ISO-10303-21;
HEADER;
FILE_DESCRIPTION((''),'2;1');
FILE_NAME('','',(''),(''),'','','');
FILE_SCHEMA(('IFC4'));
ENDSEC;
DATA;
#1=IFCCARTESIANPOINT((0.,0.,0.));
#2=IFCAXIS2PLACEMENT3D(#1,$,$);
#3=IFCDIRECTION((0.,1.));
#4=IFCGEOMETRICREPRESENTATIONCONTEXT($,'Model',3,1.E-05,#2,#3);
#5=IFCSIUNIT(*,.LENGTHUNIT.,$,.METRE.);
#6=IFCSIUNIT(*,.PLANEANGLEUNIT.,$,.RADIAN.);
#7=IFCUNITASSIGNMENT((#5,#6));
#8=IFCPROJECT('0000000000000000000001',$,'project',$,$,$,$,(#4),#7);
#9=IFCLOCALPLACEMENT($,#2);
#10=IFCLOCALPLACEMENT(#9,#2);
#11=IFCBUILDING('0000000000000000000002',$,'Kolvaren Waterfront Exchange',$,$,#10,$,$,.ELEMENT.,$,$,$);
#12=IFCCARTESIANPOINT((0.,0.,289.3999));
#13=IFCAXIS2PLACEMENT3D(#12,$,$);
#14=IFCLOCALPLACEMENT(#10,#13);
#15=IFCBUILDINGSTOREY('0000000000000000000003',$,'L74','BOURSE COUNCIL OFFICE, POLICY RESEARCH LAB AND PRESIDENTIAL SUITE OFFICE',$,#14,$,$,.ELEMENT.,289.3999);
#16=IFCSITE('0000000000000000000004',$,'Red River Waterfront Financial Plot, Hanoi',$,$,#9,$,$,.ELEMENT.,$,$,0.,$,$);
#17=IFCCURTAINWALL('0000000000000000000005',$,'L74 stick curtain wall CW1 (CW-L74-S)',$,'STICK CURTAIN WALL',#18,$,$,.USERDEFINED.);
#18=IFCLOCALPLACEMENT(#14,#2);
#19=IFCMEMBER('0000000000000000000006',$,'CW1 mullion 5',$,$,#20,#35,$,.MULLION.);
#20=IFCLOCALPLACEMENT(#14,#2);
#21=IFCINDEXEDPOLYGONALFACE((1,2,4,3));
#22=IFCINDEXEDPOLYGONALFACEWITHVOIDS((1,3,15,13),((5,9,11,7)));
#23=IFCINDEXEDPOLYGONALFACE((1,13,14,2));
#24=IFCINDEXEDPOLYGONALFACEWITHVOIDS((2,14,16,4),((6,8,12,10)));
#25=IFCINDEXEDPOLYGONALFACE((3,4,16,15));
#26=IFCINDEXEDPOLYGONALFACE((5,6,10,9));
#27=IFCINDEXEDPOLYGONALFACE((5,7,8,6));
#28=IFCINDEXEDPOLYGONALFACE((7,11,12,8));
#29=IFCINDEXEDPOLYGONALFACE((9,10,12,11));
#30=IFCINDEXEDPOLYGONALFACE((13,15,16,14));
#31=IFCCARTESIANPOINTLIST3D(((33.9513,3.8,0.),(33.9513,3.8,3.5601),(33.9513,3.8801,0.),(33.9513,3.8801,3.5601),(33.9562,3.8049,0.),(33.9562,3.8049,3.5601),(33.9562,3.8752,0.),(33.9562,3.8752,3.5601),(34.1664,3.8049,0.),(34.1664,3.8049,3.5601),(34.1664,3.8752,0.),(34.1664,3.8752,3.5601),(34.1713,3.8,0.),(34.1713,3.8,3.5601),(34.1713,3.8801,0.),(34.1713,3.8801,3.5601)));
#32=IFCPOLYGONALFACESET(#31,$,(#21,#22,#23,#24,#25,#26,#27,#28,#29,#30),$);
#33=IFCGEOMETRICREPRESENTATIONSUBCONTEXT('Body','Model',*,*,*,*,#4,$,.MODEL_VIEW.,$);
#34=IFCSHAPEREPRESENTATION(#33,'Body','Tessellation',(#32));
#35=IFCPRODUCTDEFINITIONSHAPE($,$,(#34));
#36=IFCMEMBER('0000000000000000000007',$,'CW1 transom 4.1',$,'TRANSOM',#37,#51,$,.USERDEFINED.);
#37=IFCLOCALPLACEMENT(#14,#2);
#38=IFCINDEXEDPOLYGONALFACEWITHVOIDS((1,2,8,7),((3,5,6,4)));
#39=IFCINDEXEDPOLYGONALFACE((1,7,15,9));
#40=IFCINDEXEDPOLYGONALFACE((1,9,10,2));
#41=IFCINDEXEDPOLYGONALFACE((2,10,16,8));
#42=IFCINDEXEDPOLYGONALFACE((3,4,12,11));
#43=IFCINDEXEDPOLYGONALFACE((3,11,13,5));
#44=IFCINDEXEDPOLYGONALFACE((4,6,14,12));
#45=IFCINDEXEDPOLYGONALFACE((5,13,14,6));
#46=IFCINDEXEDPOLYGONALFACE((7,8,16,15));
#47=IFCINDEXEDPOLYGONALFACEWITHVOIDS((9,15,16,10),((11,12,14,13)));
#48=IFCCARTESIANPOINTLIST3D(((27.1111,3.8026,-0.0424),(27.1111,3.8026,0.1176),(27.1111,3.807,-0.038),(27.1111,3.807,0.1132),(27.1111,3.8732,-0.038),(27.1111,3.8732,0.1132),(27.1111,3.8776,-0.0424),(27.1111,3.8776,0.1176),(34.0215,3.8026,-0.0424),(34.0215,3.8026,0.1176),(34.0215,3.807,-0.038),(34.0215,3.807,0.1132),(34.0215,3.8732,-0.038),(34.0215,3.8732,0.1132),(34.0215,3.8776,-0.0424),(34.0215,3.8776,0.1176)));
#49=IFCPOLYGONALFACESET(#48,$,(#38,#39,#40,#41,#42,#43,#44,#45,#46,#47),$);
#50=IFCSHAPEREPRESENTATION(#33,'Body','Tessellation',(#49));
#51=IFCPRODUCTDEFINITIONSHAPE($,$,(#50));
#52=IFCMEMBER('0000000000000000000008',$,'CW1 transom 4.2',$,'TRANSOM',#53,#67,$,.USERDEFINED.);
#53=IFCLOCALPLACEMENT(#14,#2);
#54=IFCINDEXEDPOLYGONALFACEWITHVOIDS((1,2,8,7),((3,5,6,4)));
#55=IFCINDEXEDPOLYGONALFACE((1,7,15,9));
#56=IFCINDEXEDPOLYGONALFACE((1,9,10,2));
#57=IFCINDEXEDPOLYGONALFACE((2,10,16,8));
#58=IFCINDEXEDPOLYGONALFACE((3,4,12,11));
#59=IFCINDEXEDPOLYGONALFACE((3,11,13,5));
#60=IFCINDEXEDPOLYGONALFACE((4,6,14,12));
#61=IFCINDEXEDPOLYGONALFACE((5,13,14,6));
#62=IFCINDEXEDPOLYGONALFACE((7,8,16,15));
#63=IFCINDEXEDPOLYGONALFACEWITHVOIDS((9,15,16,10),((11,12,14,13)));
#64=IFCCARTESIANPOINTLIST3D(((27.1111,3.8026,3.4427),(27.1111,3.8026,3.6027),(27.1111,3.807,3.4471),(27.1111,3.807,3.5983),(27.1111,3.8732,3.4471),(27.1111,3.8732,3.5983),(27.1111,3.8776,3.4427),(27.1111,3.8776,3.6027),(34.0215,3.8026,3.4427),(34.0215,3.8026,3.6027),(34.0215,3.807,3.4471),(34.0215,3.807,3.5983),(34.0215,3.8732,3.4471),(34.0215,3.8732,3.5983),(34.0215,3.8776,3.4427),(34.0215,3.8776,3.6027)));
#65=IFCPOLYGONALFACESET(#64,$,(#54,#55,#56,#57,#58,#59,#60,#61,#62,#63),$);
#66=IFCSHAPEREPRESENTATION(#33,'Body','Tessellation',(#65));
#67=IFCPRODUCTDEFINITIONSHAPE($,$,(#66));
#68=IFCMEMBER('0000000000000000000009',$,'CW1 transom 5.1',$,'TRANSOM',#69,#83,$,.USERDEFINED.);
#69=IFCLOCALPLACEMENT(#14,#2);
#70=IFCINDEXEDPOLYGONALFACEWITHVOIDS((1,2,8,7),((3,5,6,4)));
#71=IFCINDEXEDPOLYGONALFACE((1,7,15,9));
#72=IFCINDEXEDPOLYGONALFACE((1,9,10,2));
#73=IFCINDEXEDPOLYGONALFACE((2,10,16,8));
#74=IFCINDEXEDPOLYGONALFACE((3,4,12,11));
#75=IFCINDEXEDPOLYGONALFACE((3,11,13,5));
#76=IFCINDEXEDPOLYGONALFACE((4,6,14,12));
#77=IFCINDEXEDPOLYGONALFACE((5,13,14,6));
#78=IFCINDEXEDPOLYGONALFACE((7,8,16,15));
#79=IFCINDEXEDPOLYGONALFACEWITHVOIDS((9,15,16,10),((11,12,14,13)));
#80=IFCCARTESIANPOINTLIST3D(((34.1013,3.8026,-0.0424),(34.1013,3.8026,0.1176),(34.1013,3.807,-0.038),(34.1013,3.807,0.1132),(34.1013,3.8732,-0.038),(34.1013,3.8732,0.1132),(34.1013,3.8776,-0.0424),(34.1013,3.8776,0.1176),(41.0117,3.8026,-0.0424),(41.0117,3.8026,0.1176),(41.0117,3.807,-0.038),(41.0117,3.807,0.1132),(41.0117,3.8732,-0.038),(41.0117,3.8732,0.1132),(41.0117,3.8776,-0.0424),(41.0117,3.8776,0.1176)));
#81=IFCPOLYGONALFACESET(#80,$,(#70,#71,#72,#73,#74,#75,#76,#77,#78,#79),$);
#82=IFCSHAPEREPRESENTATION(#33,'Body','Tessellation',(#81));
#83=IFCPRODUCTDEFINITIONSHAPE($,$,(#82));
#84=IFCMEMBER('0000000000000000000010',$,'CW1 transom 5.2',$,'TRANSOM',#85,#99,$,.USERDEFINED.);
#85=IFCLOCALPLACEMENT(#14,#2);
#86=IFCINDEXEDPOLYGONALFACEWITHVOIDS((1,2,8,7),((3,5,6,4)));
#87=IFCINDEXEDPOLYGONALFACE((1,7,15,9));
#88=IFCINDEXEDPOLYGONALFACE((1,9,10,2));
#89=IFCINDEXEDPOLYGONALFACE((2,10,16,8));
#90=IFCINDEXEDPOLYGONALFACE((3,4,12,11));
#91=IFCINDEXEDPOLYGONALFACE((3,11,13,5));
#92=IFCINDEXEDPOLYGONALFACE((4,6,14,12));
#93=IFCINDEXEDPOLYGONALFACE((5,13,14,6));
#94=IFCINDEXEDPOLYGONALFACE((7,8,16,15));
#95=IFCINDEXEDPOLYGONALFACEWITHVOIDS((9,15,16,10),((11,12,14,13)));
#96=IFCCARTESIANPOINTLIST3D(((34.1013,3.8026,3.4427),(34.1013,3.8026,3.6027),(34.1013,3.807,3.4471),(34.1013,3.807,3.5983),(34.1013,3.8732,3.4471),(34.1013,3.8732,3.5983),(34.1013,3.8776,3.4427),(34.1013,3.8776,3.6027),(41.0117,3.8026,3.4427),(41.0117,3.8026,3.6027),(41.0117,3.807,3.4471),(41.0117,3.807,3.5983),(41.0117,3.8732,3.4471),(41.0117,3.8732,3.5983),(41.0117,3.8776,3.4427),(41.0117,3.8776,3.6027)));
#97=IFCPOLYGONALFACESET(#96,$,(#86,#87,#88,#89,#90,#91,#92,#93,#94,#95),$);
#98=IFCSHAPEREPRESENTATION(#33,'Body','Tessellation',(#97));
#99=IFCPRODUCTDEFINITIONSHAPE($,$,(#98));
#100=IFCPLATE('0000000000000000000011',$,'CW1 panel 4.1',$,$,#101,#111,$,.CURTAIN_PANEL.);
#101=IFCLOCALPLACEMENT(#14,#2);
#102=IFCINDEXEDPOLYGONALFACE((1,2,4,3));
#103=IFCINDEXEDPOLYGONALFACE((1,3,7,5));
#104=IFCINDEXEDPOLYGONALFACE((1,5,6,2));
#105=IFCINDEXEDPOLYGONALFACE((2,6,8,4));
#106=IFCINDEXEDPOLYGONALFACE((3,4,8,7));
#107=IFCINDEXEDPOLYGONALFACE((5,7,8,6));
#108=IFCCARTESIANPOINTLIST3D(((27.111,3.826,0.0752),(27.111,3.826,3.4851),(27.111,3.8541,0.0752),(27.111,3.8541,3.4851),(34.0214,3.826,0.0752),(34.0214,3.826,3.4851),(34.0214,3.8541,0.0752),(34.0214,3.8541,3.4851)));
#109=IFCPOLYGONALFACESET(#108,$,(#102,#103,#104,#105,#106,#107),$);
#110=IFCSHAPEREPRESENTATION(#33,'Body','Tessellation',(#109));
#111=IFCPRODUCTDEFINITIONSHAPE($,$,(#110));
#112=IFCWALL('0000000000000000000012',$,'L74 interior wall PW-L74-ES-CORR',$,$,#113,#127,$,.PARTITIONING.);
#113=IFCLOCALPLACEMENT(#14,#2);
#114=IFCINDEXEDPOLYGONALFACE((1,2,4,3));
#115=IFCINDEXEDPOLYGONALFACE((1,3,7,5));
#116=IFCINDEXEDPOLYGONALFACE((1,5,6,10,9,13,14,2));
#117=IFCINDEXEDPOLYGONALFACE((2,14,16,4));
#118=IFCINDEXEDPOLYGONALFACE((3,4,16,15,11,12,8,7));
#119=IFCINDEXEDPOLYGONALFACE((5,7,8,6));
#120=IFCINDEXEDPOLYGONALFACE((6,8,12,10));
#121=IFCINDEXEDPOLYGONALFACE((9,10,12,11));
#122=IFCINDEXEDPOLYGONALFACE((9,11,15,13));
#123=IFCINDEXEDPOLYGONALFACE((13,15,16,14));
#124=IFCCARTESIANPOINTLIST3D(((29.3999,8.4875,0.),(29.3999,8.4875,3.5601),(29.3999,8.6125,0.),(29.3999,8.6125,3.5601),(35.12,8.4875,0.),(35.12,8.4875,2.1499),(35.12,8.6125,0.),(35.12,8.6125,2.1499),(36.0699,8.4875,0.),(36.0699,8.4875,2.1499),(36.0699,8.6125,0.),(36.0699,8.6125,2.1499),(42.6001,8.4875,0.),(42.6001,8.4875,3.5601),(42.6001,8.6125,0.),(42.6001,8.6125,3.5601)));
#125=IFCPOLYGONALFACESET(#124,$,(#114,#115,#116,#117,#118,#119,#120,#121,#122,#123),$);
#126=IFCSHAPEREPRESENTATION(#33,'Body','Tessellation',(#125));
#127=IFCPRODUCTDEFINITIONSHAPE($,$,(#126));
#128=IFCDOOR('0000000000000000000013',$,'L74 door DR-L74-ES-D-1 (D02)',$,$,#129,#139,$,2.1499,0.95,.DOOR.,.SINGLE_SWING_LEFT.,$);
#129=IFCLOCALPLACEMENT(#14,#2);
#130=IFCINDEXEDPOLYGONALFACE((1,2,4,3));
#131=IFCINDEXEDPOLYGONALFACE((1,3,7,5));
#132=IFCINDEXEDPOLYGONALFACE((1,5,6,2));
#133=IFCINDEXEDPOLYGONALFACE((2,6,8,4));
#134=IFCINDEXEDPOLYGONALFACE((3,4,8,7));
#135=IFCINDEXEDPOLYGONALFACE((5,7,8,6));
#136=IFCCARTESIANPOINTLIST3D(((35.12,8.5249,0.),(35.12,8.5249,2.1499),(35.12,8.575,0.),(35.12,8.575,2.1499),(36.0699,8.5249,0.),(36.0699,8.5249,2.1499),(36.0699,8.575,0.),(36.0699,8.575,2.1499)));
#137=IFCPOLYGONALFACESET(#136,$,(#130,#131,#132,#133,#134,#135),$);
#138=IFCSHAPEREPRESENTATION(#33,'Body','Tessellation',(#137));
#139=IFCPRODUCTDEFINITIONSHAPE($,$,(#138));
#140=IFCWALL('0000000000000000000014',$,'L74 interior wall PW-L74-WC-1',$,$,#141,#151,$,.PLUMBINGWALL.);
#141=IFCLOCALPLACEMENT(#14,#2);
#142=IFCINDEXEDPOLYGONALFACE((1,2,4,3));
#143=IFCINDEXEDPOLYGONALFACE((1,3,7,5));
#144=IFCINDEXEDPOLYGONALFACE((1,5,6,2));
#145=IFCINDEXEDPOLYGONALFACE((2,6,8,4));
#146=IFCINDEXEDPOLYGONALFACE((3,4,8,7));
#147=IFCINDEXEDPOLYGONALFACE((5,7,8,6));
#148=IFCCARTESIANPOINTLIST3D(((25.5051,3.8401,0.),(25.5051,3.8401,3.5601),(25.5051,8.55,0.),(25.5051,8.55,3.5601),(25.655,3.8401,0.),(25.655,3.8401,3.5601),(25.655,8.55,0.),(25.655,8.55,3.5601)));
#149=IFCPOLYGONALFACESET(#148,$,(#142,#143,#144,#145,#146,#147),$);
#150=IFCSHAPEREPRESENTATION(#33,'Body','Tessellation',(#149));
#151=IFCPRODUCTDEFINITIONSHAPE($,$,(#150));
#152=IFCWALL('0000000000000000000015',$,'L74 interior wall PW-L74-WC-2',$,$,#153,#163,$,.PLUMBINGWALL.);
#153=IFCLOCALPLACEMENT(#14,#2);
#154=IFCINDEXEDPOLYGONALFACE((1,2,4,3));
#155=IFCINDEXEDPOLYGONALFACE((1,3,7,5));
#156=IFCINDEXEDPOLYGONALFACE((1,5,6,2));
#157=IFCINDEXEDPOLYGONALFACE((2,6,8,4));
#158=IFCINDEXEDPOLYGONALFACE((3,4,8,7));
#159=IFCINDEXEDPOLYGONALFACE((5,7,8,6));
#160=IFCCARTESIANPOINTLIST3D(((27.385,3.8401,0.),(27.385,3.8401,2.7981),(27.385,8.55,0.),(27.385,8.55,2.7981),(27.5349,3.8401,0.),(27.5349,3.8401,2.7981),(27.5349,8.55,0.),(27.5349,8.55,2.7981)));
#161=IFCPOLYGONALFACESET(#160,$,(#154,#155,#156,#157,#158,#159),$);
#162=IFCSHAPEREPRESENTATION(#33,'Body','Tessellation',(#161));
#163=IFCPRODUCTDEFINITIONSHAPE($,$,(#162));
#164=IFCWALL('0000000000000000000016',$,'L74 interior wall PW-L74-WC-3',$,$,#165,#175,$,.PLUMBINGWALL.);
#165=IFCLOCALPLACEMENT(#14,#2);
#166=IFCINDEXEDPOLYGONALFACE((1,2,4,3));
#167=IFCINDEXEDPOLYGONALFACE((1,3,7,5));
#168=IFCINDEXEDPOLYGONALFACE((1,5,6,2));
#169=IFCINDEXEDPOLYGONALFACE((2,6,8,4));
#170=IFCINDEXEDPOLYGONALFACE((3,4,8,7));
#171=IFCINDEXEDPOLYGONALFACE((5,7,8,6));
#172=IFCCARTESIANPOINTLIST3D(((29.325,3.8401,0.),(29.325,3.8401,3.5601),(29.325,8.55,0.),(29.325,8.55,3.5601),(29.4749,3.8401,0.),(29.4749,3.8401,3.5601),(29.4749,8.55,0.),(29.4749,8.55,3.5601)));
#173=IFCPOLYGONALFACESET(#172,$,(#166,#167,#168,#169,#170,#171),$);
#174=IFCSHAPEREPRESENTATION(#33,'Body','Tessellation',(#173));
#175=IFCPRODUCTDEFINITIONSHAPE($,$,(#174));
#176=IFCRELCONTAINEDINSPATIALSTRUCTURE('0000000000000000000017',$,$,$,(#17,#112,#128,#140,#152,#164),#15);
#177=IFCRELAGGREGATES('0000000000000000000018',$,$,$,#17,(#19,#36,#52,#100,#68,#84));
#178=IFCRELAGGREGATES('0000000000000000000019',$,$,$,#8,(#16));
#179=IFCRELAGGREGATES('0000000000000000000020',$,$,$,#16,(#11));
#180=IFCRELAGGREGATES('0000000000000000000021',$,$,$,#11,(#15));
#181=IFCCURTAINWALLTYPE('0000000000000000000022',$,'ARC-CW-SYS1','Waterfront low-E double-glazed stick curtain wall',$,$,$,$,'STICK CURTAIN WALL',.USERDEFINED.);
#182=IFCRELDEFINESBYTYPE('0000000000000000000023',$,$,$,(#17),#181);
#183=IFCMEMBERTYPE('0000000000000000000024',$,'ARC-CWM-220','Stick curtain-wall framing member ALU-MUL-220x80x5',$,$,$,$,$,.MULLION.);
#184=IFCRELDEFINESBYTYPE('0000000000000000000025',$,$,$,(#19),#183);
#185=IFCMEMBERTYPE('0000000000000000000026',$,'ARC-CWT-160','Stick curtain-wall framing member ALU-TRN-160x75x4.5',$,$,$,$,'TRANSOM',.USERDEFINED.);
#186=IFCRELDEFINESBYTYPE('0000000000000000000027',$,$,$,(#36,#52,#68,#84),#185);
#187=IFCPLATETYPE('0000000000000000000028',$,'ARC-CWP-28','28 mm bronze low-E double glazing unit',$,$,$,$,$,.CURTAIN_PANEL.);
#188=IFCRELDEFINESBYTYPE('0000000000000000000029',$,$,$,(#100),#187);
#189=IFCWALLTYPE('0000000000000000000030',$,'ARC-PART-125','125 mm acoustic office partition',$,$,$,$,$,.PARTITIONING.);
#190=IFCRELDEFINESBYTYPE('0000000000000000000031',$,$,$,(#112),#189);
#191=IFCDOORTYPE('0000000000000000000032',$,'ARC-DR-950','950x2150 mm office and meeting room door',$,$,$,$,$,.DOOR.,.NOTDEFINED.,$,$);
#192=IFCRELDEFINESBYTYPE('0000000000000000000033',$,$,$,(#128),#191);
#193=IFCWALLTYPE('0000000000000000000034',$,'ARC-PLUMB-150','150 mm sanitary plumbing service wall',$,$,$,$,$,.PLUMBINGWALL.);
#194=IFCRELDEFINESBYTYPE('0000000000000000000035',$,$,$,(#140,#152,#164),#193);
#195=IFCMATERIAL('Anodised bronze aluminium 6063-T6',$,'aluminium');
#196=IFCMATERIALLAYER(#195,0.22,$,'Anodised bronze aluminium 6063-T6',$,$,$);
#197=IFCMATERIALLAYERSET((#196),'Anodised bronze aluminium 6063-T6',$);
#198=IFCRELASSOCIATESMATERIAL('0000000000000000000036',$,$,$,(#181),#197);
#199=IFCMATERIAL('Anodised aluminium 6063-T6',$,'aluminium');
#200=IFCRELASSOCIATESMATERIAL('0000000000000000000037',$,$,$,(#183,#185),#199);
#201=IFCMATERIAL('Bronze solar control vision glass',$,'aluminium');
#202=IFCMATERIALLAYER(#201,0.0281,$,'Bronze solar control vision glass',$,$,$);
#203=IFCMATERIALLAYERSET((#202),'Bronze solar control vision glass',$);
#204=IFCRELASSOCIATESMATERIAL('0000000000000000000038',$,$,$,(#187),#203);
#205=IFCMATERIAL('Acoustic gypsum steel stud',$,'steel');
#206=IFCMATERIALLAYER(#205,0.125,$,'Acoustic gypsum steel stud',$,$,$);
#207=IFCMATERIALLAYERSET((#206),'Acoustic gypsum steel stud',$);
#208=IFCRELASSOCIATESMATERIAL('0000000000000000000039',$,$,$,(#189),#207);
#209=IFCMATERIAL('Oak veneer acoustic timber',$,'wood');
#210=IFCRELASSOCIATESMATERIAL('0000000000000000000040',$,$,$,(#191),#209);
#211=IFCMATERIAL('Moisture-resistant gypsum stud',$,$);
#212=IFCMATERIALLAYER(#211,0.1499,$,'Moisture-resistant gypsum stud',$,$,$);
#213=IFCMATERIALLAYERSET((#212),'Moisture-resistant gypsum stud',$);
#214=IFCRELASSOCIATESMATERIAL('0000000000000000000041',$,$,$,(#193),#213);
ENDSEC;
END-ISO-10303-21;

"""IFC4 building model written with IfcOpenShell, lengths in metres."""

from ifc_helpers import new_model, si_unit, direction, frame, frame_2d, origin, origin_with_axes, origin_2d, place, context, subcontext, project, spatial, rectangle, hollow_rectangle, extrude, source, transform, mapped, material, layer, layer_set, material_profile, profile_set, type_object, element, fill, aggregate, save


model = new_model("IFC4")

# Units and contexts
model_context = context("Model", 3, precision=1e-05, world=origin(), true_north=direction((0.0, 1.0)))
body_context = subcontext(model_context, "Body", "Model", "MODEL_VIEW")
ifc_project = project(units=[si_unit("LENGTHUNIT", "METRE"), si_unit("PLANEANGLEUNIT", "RADIAN")], contexts=[model_context])

# Site, building, storey
site_placement = place(None, origin())
site = spatial("IfcSite", under=ifc_project, at=site_placement, Name="Red River Waterfront Financial Plot, Hanoi", CompositionType="ELEMENT", RefElevation=0.0)
building_placement = place(site_placement, origin())
building = spatial("IfcBuilding", under=site, at=building_placement, Name="Kolvaren Waterfront Exchange", CompositionType="ELEMENT")
storey_placement = place(building_placement, frame((0.0, 0.0, 289.3999)))
storey = spatial("IfcBuildingStorey", under=building, at=storey_placement, Name="L74", Description="BOURSE COUNCIL OFFICE, POLICY RESEARCH LAB AND PRESIDENTIAL SUITE OFFICE", CompositionType="ELEMENT", Elevation=289.3999)

# Curtain wall, members, plate
ifc_material_1 = material(Name="Anodised bronze aluminium 6063-T6", Category="aluminium")
ifc_layer_1 = layer(ifc_material_1, 0.22, Name="Anodised bronze aluminium 6063-T6")
ifc_layer_set_1 = layer_set([ifc_layer_1], Name="Anodised bronze aluminium 6063-T6")
curtain_wall_type = type_object("IfcCurtainWallType", Name="ARC-CW-SYS1", Description="Waterfront low-E double-glazed stick curtain wall", ElementType="STICK CURTAIN WALL", PredefinedType="USERDEFINED", material=ifc_layer_set_1)
curtain_wall_placement = place(storey_placement, origin())
curtain_wall = element("IfcCurtainWall", 1, at=curtain_wall_placement, inside=storey, type_object=curtain_wall_type, Name="L74 stick curtain wall CW1 (CW-L74-S)", ObjectType="STICK CURTAIN WALL", PredefinedType="USERDEFINED")
ifc_material_2 = material(Name="Anodised aluminium 6063-T6", Category="aluminium")
ifc_material_profile_1 = material_profile(ifc_material_2, hollow_rectangle(XDim=0.0801, YDim=0.22, WallThickness=0.0049, at=origin_2d()), Name="ALU-MUL-220x80x5")
ifc_profile_set_1 = profile_set([ifc_material_profile_1], Name="Anodised aluminium 6063-T6")
member_type_1 = type_object("IfcMemberType", Name="ARC-CWM-220", Description="Stick curtain-wall framing member ALU-MUL-220x80x5", PredefinedType="MULLION", material=ifc_profile_set_1)
shared_shape_1 = source(origin_with_axes(), body_context, "Body", "SweptSolid", [
    extrude(hollow_rectangle(XDim=0.0801, YDim=0.22, WallThickness=0.0049, at=origin_2d()), origin(), (0.0, 0.0, 1.0), 3.5601),
])
member_1_placement = place(storey_placement, frame((34.0613, 3.8401, 0.0), z_axis=(0.0, 0.0, 1.0), x_axis=(0.0, 1.0, 0.0)))
member_1 = element("IfcMember", 2, at=member_1_placement, type_object=member_type_1, Name="CW1 mullion 5", PredefinedType="MULLION", context=body_context, shape_type="MappedRepresentation", body=[
    mapped(shared_shape_1, transform((0.0, 0.0, 0.0), x_axis=(1.0, 0.0, 0.0), y_axis=(0.0, 1.0, 0.0), z_axis=(0.0, 0.0, 1.0), scale=1.0)),
])
ifc_material_profile_2 = material_profile(ifc_material_2, hollow_rectangle(XDim=0.075, YDim=0.1599, WallThickness=0.0044, at=origin_2d()), Name="ALU-TRN-160x75x4.5")
ifc_profile_set_2 = profile_set([ifc_material_profile_2], Name="Anodised aluminium 6063-T6")
member_type_2 = type_object("IfcMemberType", Name="ARC-CWT-160", Description="Stick curtain-wall framing member ALU-TRN-160x75x4.5", ElementType="TRANSOM", PredefinedType="USERDEFINED", material=ifc_profile_set_2)
shared_shape_2 = source(origin_with_axes(), body_context, "Body", "SweptSolid", [
    extrude(hollow_rectangle(XDim=0.075, YDim=0.1599, WallThickness=0.0044, at=origin_2d()), origin(), (0.0, 0.0, 1.0), 6.9104),
])
member_2_placement = place(storey_placement, frame((27.1111, 3.8401, 0.0376), z_axis=(1.0, 0.0, 0.0), x_axis=(0.0, 1.0, 0.0)))
member_2 = element("IfcMember", 3, at=member_2_placement, type_object=member_type_2, Name="CW1 transom 4.1", ObjectType="TRANSOM", PredefinedType="USERDEFINED", context=body_context, shape_type="MappedRepresentation", body=[
    mapped(shared_shape_2, transform((0.0, 0.0, 0.0), x_axis=(1.0, 0.0, 0.0), y_axis=(0.0, 1.0, 0.0), z_axis=(0.0, 0.0, 1.0), scale=1.0)),
])
member_3_placement = place(storey_placement, frame((27.1111, 3.8401, 3.5227), z_axis=(1.0, 0.0, 0.0), x_axis=(0.0, 1.0, 0.0)))
member_3 = element("IfcMember", 4, at=member_3_placement, type_object=member_type_2, Name="CW1 transom 4.2", ObjectType="TRANSOM", PredefinedType="USERDEFINED", context=body_context, shape_type="MappedRepresentation", body=[
    mapped(shared_shape_2, transform((0.0, 0.0, 0.0), x_axis=(1.0, 0.0, 0.0), y_axis=(0.0, 1.0, 0.0), z_axis=(0.0, 0.0, 1.0), scale=1.0)),
])
member_4_placement = place(storey_placement, frame((34.1013, 3.8401, 0.0376), z_axis=(1.0, 0.0, 0.0), x_axis=(0.0, 1.0, 0.0)))
member_4 = element("IfcMember", 5, at=member_4_placement, type_object=member_type_2, Name="CW1 transom 5.1", ObjectType="TRANSOM", PredefinedType="USERDEFINED", context=body_context, shape_type="MappedRepresentation", body=[
    mapped(shared_shape_2, transform((0.0, 0.0, 0.0), x_axis=(1.0, 0.0, 0.0), y_axis=(0.0, 1.0, 0.0), z_axis=(0.0, 0.0, 1.0), scale=1.0)),
])
member_5_placement = place(storey_placement, frame((34.1013, 3.8401, 3.5227), z_axis=(1.0, 0.0, 0.0), x_axis=(0.0, 1.0, 0.0)))
member_5 = element("IfcMember", 6, at=member_5_placement, type_object=member_type_2, Name="CW1 transom 5.2", ObjectType="TRANSOM", PredefinedType="USERDEFINED", context=body_context, shape_type="MappedRepresentation", body=[
    mapped(shared_shape_2, transform((0.0, 0.0, 0.0), x_axis=(1.0, 0.0, 0.0), y_axis=(0.0, 1.0, 0.0), z_axis=(0.0, 0.0, 1.0), scale=1.0)),
])
ifc_material_3 = material(Name="Bronze solar control vision glass", Category="aluminium")
ifc_layer_2 = layer(ifc_material_3, 0.0281, Name="Bronze solar control vision glass")
ifc_layer_set_2 = layer_set([ifc_layer_2], Name="Bronze solar control vision glass")
plate_type = type_object("IfcPlateType", Name="ARC-CWP-28", Description="28 mm bronze low-E double glazing unit", PredefinedType="CURTAIN_PANEL", material=ifc_layer_set_2)
shared_shape_3 = source(origin_with_axes(), body_context, "Body", "SweptSolid", [
    extrude(rectangle(XDim=6.9104, YDim=0.0281, at=origin_2d()), origin(), (0.0, 0.0, 1.0), 3.4099),
])
plate_placement = place(storey_placement, frame((30.5662, 3.8401, 0.0752), z_axis=(0.0, 0.0, 1.0), x_axis=(1.0, 0.0, 0.0)))
plate = element("IfcPlate", 7, at=plate_placement, type_object=plate_type, Name="CW1 panel 4.1", PredefinedType="CURTAIN_PANEL", context=body_context, shape_type="MappedRepresentation", body=[
    mapped(shared_shape_3, transform((0.0, 0.0, 0.0), x_axis=(1.0, 0.0, 0.0), y_axis=(0.0, 1.0, 0.0), z_axis=(0.0, 0.0, 1.0), scale=1.0)),
])
aggregate(curtain_wall, [member_1, member_2, member_3, plate, member_4, member_5])

# Wall, opening, door
ifc_material_4 = material(Name="Acoustic gypsum steel stud", Category="steel")
ifc_layer_3 = layer(ifc_material_4, 0.125, Name="Acoustic gypsum steel stud")
ifc_layer_set_3 = layer_set([ifc_layer_3], Name="Acoustic gypsum steel stud")
wall_type_1 = type_object("IfcWallType", Name="ARC-PART-125", Description="125 mm acoustic office partition", PredefinedType="PARTITIONING", material=ifc_layer_set_3)
wall_1_placement = place(storey_placement, frame((29.3999, 8.55, 0.0), z_axis=(0.0, 0.0, 1.0), x_axis=(1.0, 0.0, 0.0)))
wall_1 = element("IfcWall", 8, at=wall_1_placement, inside=storey, type_object=wall_type_1, Name="L74 interior wall PW-L74-ES-CORR", PredefinedType="PARTITIONING", context=body_context, shape_type="SweptSolid", body=[
    extrude(rectangle(XDim=13.2002, YDim=0.125, at=frame_2d((6.6001, 0.0))), origin(), (0.0, 0.0, 1.0), 3.5601),
])
opening_1_placement = place(wall_1_placement, frame((5.72, 0.0, 0.0)))
opening_1 = element("IfcOpeningElement", 9, at=opening_1_placement, cuts=wall_1, PredefinedType="OPENING", context=body_context, shape_type="SweptSolid", body=[
    extrude(rectangle(XDim=0.95, YDim=2.1499, at=frame_2d((0.4751, 1.075))), frame((0.0, 0.0725, 0.0), z_axis=(0.0, -1.0, 0.0), x_axis=(1.0, 0.0, 0.0)), (0.0, 0.0, 1.0), 0.145),
])
ifc_material_5 = material(Name="Oak veneer acoustic timber", Category="wood")
door_type_1 = type_object("IfcDoorType", Name="ARC-DR-950", Description="950x2150 mm office and meeting room door", OperationType="NOTDEFINED", PredefinedType="DOOR", material=ifc_material_5)
door_1_placement = place(opening_1_placement, origin())
door_1 = element("IfcDoor", 10, at=door_1_placement, inside=storey, type_object=door_type_1, Name="L74 door DR-L74-ES-D-1 (D02)", OperationType="SINGLE_SWING_LEFT", OverallHeight=2.1499, OverallWidth=0.95, PredefinedType="DOOR", context=body_context, shape_type="SweptSolid", body=[
    extrude(rectangle(XDim=0.95, YDim=2.1499, at=frame_2d((0.4751, 1.075))), frame((0.0, 0.0249, 0.0), z_axis=(0.0, -1.0, 0.0), x_axis=(1.0, 0.0, 0.0)), (0.0, 0.0, 1.0), 0.05),
])
fill(opening_1, door_1)

# Shared definitions
ifc_material_6 = material(Name="Moisture-resistant gypsum stud")
ifc_layer_4 = layer(ifc_material_6, 0.1499, Name="Moisture-resistant gypsum stud")
ifc_layer_set_4 = layer_set([ifc_layer_4], Name="Moisture-resistant gypsum stud")
wall_type_2 = type_object("IfcWallType", Name="ARC-PLUMB-150", Description="150 mm sanitary plumbing service wall", PredefinedType="PLUMBINGWALL", material=ifc_layer_set_4)

# Walls
wall_2_placement = place(storey_placement, frame((25.5801, 3.8401, 0.0), z_axis=(0.0, 0.0, 1.0), x_axis=(0.0, 1.0, 0.0)))
element("IfcWall", 11, at=wall_2_placement, inside=storey, type_object=wall_type_2, Name="L74 interior wall PW-L74-WC-1", PredefinedType="PLUMBINGWALL", context=body_context, shape_type="SweptSolid", body=[
    extrude(rectangle(XDim=4.71, YDim=0.1499, at=frame_2d((2.355, 0.0))), origin(), (0.0, 0.0, 1.0), 3.5601),
])
wall_3_placement = place(storey_placement, frame((27.46, 3.8401, 0.0), z_axis=(0.0, 0.0, 1.0), x_axis=(0.0, 1.0, 0.0)))
element("IfcWall", 12, at=wall_3_placement, inside=storey, type_object=wall_type_2, Name="L74 interior wall PW-L74-WC-2", PredefinedType="PLUMBINGWALL", context=body_context, shape_type="SweptSolid", body=[
    extrude(rectangle(XDim=4.71, YDim=0.1499, at=frame_2d((2.355, 0.0))), origin(), (0.0, 0.0, 1.0), 2.7981),
])
wall_4_placement = place(storey_placement, frame((29.3999, 3.8401, 0.0), z_axis=(0.0, 0.0, 1.0), x_axis=(0.0, 1.0, 0.0)))
element("IfcWall", 13, at=wall_4_placement, inside=storey, type_object=wall_type_2, Name="L74 interior wall PW-L74-WC-3", PredefinedType="PLUMBINGWALL", context=body_context, shape_type="SweptSolid", body=[
    extrude(rectangle(XDim=4.71, YDim=0.1499, at=frame_2d((2.355, 0.0))), origin(), (0.0, 0.0, 1.0), 3.5601),
])

save(model, "model.ifc")
